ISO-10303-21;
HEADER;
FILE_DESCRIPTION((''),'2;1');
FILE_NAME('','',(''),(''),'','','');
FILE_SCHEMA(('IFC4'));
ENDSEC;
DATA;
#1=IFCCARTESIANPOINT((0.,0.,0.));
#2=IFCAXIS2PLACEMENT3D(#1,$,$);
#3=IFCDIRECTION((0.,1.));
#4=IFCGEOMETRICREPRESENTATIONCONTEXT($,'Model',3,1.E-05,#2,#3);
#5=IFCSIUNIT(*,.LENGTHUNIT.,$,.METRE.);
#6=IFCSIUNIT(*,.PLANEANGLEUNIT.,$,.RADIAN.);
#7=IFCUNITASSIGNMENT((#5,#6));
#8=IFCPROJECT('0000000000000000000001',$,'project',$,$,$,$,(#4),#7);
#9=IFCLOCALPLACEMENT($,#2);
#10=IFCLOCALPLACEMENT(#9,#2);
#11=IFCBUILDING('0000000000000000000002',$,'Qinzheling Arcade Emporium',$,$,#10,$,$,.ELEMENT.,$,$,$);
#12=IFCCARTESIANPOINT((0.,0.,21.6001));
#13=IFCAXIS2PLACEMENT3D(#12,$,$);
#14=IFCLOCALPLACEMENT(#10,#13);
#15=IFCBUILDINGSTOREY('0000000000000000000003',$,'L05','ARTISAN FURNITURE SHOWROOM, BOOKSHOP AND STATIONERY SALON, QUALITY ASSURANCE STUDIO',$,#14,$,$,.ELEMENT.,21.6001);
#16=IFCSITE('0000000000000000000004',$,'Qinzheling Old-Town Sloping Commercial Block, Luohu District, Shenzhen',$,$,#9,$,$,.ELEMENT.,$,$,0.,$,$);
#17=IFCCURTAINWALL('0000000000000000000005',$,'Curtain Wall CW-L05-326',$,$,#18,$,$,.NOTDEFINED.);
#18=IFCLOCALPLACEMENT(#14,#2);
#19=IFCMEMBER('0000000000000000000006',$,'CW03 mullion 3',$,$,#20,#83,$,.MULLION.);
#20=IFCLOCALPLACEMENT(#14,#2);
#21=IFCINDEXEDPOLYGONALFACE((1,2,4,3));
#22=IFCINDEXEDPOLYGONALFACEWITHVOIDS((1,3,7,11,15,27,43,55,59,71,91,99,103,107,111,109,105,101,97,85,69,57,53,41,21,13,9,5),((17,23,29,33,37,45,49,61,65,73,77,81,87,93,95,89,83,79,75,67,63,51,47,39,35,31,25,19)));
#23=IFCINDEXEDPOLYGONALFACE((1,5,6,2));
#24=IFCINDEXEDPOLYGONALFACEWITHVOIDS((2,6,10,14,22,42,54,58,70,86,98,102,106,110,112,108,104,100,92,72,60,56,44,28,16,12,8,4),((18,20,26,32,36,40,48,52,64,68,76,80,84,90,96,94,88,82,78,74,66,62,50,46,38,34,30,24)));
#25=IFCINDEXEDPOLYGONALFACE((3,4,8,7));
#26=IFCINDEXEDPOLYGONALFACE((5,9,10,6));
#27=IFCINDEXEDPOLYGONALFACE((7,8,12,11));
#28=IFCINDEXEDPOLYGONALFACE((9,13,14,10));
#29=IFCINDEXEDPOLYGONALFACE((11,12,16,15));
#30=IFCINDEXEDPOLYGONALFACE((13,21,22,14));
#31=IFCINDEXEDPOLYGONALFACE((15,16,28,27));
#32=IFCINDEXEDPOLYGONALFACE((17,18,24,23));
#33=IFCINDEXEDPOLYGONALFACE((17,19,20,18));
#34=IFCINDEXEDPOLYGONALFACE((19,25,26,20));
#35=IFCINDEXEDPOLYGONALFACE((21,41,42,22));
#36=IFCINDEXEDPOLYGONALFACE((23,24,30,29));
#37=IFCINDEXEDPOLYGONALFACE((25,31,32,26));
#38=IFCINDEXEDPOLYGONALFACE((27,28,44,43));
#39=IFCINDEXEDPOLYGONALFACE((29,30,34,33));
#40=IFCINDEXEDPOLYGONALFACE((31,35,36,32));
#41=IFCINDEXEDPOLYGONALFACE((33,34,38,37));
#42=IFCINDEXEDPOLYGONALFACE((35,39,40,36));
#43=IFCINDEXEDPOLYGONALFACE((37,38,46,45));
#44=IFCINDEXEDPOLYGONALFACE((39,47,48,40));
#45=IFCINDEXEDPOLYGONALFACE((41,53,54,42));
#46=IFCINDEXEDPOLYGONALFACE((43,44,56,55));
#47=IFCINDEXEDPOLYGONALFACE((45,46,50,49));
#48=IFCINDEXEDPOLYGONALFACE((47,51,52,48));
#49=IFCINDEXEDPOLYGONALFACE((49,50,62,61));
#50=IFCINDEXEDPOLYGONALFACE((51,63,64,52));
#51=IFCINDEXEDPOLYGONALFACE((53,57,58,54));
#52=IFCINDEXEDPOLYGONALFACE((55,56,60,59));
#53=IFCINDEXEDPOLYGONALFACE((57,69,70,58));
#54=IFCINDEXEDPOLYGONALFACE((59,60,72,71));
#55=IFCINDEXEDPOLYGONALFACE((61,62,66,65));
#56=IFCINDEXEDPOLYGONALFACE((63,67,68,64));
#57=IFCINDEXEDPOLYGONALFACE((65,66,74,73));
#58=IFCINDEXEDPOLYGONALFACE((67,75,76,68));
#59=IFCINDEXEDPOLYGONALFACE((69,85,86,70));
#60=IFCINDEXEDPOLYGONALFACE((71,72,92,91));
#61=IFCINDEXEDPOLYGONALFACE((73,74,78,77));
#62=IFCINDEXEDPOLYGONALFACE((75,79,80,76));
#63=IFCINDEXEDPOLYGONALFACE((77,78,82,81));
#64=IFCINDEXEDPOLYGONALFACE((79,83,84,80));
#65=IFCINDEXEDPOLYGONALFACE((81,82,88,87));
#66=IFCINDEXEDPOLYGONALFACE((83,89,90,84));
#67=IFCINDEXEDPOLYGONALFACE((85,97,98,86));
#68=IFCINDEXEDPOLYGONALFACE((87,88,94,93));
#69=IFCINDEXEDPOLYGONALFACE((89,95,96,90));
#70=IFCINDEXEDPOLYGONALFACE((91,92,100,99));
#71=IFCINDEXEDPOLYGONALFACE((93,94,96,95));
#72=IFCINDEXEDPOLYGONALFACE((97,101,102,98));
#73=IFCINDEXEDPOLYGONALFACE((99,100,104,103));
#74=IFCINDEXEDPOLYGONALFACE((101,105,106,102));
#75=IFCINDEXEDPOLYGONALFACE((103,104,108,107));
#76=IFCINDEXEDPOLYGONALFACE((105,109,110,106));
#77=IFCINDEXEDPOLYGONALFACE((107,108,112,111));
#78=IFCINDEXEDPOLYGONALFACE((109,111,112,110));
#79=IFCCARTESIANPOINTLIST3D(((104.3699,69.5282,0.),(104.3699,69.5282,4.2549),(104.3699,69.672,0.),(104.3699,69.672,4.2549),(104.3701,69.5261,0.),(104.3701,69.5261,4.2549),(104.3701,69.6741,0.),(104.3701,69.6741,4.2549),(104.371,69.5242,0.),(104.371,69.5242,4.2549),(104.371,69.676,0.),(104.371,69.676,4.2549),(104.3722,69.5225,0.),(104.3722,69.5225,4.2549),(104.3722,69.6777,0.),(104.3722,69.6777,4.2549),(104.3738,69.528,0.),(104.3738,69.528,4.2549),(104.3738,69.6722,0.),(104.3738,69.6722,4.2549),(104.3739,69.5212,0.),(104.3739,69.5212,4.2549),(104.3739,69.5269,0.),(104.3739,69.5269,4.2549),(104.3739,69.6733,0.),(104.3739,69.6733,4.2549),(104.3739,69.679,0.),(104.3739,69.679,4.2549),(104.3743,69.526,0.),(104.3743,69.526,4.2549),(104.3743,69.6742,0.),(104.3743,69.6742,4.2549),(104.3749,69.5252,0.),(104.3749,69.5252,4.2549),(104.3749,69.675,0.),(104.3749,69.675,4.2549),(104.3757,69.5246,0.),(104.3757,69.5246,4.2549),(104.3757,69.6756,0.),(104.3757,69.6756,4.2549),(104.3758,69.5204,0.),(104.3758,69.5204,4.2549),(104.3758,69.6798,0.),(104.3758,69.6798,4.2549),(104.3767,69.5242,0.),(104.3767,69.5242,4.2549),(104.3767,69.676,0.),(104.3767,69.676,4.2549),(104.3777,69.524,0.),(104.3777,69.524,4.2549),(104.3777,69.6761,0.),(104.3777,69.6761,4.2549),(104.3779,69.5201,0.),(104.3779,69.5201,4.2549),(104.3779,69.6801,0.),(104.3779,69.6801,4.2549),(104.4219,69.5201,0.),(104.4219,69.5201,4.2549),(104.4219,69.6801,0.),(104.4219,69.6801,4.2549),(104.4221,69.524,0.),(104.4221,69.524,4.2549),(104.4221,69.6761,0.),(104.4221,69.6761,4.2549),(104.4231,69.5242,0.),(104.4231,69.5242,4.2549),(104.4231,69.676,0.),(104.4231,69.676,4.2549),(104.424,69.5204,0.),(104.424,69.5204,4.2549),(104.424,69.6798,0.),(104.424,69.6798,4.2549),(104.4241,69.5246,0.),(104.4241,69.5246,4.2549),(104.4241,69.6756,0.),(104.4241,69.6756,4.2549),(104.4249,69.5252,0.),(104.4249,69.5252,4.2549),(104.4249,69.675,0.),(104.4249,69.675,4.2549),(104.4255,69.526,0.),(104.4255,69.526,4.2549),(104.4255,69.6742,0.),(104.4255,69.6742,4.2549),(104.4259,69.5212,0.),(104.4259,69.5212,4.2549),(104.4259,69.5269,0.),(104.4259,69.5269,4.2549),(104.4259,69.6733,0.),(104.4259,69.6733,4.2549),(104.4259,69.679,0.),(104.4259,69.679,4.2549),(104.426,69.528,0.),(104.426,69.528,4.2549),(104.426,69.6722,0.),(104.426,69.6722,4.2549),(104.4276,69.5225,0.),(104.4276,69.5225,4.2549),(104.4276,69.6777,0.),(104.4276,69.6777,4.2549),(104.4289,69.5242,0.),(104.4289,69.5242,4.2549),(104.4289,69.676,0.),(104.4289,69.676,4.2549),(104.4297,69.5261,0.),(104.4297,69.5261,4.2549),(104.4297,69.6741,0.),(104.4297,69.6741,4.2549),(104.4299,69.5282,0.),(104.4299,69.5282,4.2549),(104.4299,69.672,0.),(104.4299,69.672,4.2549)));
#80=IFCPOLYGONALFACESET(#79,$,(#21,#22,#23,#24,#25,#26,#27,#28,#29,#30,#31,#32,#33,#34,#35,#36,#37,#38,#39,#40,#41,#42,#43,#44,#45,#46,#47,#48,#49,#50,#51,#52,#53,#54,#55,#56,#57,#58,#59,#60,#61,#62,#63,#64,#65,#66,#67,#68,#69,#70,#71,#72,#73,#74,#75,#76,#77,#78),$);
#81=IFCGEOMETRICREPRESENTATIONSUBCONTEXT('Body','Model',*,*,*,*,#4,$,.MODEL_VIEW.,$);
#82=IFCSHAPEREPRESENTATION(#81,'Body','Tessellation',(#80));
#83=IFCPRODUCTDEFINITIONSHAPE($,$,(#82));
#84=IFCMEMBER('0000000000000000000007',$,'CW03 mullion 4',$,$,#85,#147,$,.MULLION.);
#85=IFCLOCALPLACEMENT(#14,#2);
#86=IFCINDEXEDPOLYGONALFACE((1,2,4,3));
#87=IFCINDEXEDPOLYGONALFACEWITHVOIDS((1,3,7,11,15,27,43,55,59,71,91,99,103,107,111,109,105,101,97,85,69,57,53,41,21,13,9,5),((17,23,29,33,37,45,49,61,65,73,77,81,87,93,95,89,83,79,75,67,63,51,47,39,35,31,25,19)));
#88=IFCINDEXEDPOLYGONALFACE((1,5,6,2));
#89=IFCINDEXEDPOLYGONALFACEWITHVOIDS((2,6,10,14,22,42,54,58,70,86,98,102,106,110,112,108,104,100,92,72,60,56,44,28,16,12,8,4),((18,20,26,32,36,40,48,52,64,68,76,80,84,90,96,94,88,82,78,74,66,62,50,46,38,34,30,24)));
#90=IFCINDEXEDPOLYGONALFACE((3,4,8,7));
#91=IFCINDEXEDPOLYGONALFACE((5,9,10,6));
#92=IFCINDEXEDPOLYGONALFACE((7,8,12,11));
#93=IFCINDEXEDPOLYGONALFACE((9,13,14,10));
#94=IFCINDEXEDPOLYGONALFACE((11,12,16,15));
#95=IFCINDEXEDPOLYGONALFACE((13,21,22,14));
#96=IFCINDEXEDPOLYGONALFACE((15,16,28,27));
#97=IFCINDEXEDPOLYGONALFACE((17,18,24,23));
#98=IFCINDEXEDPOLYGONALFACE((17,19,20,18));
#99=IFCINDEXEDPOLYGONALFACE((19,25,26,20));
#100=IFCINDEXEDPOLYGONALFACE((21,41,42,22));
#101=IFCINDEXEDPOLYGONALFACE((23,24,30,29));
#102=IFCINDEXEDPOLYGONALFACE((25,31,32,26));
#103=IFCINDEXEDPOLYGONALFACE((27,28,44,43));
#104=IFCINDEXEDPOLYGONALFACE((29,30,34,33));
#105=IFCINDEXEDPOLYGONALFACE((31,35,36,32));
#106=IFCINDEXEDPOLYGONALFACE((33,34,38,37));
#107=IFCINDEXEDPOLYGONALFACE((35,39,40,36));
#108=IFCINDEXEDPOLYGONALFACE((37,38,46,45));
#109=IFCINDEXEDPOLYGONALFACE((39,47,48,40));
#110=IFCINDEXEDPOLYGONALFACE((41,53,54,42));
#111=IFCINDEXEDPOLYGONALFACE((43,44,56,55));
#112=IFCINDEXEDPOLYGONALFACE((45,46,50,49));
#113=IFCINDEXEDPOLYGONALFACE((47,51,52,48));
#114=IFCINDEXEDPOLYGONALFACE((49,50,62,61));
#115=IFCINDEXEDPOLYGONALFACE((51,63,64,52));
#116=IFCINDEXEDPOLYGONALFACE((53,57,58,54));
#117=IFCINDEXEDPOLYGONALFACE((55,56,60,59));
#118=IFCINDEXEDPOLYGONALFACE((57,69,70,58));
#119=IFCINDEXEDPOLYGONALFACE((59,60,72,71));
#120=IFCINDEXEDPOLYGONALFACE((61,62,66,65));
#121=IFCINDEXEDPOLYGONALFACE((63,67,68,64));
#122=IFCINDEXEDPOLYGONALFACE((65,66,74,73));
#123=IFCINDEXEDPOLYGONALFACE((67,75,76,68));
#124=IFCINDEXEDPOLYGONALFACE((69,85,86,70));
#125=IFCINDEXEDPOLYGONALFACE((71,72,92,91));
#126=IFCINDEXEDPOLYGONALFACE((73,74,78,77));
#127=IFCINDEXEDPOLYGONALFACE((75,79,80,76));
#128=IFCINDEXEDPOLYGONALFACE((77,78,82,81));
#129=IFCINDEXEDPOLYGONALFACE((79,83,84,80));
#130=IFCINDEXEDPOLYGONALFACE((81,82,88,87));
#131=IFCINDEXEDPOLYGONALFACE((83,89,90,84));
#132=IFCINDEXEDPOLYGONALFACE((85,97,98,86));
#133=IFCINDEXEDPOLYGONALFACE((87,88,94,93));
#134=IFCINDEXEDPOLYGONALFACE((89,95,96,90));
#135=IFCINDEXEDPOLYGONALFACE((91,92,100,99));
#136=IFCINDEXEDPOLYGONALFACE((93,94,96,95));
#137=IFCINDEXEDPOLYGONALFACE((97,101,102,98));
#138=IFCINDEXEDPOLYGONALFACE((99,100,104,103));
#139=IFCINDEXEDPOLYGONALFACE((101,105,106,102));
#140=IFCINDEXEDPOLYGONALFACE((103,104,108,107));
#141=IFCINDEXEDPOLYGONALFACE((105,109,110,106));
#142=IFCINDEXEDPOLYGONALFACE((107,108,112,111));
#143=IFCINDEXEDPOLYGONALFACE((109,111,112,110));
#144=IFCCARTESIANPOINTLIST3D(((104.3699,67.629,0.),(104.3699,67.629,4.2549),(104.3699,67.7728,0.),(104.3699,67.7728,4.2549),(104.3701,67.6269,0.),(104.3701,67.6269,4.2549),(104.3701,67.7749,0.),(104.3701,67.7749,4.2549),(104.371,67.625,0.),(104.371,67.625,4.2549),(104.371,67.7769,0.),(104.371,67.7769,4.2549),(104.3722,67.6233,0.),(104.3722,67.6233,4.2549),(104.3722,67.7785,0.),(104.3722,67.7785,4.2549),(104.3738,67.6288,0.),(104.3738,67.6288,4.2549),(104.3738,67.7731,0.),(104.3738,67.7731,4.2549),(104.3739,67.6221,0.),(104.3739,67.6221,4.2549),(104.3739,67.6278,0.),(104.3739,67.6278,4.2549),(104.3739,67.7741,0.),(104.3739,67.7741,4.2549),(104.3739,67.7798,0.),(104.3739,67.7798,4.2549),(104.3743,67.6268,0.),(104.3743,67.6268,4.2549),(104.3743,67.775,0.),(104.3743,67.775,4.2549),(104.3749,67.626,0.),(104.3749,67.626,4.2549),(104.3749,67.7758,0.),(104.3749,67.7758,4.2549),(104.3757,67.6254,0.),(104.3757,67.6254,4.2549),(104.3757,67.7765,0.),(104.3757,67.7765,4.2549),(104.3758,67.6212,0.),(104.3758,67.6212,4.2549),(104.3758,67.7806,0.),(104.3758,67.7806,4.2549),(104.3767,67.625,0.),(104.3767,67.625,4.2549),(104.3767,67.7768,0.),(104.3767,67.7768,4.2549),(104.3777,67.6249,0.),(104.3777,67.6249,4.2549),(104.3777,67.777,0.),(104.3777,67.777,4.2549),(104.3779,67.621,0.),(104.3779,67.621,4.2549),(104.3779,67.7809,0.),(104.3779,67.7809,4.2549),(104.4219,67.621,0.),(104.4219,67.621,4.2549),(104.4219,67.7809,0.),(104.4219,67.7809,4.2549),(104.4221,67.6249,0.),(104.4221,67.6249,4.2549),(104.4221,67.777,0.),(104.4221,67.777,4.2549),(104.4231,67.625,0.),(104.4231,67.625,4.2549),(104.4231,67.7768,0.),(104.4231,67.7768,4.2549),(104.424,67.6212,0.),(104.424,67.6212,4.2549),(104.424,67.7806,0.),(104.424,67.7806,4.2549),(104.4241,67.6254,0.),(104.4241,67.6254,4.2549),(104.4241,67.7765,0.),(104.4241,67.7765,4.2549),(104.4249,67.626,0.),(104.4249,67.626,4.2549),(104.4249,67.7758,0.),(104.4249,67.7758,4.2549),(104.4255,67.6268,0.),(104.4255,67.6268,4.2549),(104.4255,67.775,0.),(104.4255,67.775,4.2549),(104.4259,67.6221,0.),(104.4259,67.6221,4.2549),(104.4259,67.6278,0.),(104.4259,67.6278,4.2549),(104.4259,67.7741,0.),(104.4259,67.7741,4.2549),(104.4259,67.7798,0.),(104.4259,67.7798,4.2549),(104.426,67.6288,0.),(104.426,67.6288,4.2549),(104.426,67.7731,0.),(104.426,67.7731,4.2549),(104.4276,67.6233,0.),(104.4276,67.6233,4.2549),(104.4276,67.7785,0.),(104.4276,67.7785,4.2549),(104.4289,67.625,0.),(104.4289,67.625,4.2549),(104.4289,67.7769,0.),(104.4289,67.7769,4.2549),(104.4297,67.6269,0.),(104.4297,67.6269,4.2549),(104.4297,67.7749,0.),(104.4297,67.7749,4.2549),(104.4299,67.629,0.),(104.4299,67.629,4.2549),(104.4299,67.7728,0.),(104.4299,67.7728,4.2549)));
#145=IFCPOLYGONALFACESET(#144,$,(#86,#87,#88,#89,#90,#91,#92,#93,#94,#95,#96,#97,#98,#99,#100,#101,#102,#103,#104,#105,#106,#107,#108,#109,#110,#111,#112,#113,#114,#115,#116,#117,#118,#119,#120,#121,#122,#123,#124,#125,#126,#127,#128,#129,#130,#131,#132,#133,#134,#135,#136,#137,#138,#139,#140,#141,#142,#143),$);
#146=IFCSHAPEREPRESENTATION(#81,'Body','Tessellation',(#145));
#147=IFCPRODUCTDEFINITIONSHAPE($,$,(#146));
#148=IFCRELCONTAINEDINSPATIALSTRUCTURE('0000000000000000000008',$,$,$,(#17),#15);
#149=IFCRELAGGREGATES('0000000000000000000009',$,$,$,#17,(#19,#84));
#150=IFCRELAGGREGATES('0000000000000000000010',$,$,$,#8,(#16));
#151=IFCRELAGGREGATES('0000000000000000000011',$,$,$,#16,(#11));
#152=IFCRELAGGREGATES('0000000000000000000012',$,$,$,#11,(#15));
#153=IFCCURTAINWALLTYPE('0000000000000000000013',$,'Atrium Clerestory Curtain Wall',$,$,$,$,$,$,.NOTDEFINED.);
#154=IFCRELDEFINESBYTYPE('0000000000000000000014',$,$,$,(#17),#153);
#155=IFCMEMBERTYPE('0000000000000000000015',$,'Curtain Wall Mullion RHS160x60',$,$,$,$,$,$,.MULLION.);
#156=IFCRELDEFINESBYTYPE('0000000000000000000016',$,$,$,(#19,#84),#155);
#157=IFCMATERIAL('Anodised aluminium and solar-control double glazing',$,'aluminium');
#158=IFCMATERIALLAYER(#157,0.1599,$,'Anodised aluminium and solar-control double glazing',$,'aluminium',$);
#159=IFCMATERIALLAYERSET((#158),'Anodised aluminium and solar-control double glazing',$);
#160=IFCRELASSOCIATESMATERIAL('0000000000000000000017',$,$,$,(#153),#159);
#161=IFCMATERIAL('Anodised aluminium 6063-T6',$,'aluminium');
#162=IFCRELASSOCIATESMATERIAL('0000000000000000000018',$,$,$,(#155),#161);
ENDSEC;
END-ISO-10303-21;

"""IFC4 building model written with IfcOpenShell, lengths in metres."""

from ifc_helpers import new_model, si_unit, direction, frame, origin, origin_2d, place, context, subcontext, project, spatial, hollow_rectangle, extrude, material, layer, layer_set, material_profile, profile_set, type_object, element, aggregate, save


model = new_model("IFC4")

# Units and contexts
model_context = context("Model", 3, precision=1e-05, world=origin(), true_north=direction((0.0, 1.0)))
body_context = subcontext(model_context, "Body", "Model", "MODEL_VIEW")
ifc_project = project(units=[si_unit("LENGTHUNIT", "METRE"), si_unit("PLANEANGLEUNIT", "RADIAN")], contexts=[model_context])

# Site, building, storey
site_placement = place(None, origin())
site = spatial("IfcSite", under=ifc_project, at=site_placement, Name="Qinzheling Old-Town Sloping Commercial Block, Luohu District, Shenzhen", CompositionType="ELEMENT", RefElevation=0.0)
building_placement = place(site_placement, origin())
building = spatial("IfcBuilding", under=site, at=building_placement, Name="Qinzheling Arcade Emporium", CompositionType="ELEMENT")
storey_placement = place(building_placement, frame((0.0, 0.0, 21.6001)))
storey = spatial("IfcBuildingStorey", under=building, at=storey_placement, Name="L05", Description="ARTISAN FURNITURE SHOWROOM, BOOKSHOP AND STATIONERY SALON, QUALITY ASSURANCE STUDIO", CompositionType="ELEMENT", Elevation=21.6001)

# Curtain wall, members
ifc_material_1 = material(Name="Anodised aluminium and solar-control double glazing", Category="aluminium")
ifc_layer_1 = layer(ifc_material_1, 0.1599, Name="Anodised aluminium and solar-control double glazing", Category="aluminium")
ifc_layer_set_1 = layer_set([ifc_layer_1], Name="Anodised aluminium and solar-control double glazing")
curtain_wall_type = type_object("IfcCurtainWallType", Name="Atrium Clerestory Curtain Wall", PredefinedType="NOTDEFINED", material=ifc_layer_set_1)
curtain_wall_placement = place(storey_placement, origin())
curtain_wall = element("IfcCurtainWall", 1, at=curtain_wall_placement, inside=storey, type_object=curtain_wall_type, Name="Curtain Wall CW-L05-326", PredefinedType="NOTDEFINED")
ifc_material_2 = material(Name="Anodised aluminium 6063-T6", Category="aluminium")
ifc_material_profile_1 = material_profile(ifc_material_2, hollow_rectangle(XDim=0.0601, YDim=0.1599, WallThickness=0.0039, InnerFilletRadius=0.0039, OuterFilletRadius=0.0081, at=origin_2d()), Name="RHS 160x60x4", Category="aluminium")
ifc_profile_set_1 = profile_set([ifc_material_profile_1], Name="Anodised aluminium 6063-T6")
member_type_1 = type_object("IfcMemberType", Name="Curtain Wall Mullion RHS160x60", PredefinedType="MULLION", material=ifc_profile_set_1)
member_1_placement = place(storey_placement, frame((104.3999, 69.6001, 0.0), z_axis=(0.0, 0.0, 1.0), x_axis=(1.0, 0.0, 0.0)))
member_1 = element("IfcMember", 2, at=member_1_placement, type_object=member_type_1, Name="CW03 mullion 3", PredefinedType="MULLION", context=body_context, shape_type="SweptSolid", body=[
    extrude(hollow_rectangle(XDim=0.0601, YDim=0.1599, WallThickness=0.0039, InnerFilletRadius=0.0039, OuterFilletRadius=0.0081, at=origin_2d()), origin(), (0.0, 0.0, 1.0), 4.2549),
])
member_2_placement = place(storey_placement, frame((104.3999, 67.7009, 0.0), z_axis=(0.0, 0.0, 1.0), x_axis=(1.0, 0.0, 0.0)))
member_2 = element("IfcMember", 3, at=member_2_placement, type_object=member_type_1, Name="CW03 mullion 4", PredefinedType="MULLION", context=body_context, shape_type="SweptSolid", body=[
    extrude(hollow_rectangle(XDim=0.0601, YDim=0.1599, WallThickness=0.0039, InnerFilletRadius=0.0039, OuterFilletRadius=0.0081, at=origin_2d()), origin(), (0.0, 0.0, 1.0), 4.2549),
])
aggregate(curtain_wall, [member_1, member_2])

save(model, "model.ifc")
